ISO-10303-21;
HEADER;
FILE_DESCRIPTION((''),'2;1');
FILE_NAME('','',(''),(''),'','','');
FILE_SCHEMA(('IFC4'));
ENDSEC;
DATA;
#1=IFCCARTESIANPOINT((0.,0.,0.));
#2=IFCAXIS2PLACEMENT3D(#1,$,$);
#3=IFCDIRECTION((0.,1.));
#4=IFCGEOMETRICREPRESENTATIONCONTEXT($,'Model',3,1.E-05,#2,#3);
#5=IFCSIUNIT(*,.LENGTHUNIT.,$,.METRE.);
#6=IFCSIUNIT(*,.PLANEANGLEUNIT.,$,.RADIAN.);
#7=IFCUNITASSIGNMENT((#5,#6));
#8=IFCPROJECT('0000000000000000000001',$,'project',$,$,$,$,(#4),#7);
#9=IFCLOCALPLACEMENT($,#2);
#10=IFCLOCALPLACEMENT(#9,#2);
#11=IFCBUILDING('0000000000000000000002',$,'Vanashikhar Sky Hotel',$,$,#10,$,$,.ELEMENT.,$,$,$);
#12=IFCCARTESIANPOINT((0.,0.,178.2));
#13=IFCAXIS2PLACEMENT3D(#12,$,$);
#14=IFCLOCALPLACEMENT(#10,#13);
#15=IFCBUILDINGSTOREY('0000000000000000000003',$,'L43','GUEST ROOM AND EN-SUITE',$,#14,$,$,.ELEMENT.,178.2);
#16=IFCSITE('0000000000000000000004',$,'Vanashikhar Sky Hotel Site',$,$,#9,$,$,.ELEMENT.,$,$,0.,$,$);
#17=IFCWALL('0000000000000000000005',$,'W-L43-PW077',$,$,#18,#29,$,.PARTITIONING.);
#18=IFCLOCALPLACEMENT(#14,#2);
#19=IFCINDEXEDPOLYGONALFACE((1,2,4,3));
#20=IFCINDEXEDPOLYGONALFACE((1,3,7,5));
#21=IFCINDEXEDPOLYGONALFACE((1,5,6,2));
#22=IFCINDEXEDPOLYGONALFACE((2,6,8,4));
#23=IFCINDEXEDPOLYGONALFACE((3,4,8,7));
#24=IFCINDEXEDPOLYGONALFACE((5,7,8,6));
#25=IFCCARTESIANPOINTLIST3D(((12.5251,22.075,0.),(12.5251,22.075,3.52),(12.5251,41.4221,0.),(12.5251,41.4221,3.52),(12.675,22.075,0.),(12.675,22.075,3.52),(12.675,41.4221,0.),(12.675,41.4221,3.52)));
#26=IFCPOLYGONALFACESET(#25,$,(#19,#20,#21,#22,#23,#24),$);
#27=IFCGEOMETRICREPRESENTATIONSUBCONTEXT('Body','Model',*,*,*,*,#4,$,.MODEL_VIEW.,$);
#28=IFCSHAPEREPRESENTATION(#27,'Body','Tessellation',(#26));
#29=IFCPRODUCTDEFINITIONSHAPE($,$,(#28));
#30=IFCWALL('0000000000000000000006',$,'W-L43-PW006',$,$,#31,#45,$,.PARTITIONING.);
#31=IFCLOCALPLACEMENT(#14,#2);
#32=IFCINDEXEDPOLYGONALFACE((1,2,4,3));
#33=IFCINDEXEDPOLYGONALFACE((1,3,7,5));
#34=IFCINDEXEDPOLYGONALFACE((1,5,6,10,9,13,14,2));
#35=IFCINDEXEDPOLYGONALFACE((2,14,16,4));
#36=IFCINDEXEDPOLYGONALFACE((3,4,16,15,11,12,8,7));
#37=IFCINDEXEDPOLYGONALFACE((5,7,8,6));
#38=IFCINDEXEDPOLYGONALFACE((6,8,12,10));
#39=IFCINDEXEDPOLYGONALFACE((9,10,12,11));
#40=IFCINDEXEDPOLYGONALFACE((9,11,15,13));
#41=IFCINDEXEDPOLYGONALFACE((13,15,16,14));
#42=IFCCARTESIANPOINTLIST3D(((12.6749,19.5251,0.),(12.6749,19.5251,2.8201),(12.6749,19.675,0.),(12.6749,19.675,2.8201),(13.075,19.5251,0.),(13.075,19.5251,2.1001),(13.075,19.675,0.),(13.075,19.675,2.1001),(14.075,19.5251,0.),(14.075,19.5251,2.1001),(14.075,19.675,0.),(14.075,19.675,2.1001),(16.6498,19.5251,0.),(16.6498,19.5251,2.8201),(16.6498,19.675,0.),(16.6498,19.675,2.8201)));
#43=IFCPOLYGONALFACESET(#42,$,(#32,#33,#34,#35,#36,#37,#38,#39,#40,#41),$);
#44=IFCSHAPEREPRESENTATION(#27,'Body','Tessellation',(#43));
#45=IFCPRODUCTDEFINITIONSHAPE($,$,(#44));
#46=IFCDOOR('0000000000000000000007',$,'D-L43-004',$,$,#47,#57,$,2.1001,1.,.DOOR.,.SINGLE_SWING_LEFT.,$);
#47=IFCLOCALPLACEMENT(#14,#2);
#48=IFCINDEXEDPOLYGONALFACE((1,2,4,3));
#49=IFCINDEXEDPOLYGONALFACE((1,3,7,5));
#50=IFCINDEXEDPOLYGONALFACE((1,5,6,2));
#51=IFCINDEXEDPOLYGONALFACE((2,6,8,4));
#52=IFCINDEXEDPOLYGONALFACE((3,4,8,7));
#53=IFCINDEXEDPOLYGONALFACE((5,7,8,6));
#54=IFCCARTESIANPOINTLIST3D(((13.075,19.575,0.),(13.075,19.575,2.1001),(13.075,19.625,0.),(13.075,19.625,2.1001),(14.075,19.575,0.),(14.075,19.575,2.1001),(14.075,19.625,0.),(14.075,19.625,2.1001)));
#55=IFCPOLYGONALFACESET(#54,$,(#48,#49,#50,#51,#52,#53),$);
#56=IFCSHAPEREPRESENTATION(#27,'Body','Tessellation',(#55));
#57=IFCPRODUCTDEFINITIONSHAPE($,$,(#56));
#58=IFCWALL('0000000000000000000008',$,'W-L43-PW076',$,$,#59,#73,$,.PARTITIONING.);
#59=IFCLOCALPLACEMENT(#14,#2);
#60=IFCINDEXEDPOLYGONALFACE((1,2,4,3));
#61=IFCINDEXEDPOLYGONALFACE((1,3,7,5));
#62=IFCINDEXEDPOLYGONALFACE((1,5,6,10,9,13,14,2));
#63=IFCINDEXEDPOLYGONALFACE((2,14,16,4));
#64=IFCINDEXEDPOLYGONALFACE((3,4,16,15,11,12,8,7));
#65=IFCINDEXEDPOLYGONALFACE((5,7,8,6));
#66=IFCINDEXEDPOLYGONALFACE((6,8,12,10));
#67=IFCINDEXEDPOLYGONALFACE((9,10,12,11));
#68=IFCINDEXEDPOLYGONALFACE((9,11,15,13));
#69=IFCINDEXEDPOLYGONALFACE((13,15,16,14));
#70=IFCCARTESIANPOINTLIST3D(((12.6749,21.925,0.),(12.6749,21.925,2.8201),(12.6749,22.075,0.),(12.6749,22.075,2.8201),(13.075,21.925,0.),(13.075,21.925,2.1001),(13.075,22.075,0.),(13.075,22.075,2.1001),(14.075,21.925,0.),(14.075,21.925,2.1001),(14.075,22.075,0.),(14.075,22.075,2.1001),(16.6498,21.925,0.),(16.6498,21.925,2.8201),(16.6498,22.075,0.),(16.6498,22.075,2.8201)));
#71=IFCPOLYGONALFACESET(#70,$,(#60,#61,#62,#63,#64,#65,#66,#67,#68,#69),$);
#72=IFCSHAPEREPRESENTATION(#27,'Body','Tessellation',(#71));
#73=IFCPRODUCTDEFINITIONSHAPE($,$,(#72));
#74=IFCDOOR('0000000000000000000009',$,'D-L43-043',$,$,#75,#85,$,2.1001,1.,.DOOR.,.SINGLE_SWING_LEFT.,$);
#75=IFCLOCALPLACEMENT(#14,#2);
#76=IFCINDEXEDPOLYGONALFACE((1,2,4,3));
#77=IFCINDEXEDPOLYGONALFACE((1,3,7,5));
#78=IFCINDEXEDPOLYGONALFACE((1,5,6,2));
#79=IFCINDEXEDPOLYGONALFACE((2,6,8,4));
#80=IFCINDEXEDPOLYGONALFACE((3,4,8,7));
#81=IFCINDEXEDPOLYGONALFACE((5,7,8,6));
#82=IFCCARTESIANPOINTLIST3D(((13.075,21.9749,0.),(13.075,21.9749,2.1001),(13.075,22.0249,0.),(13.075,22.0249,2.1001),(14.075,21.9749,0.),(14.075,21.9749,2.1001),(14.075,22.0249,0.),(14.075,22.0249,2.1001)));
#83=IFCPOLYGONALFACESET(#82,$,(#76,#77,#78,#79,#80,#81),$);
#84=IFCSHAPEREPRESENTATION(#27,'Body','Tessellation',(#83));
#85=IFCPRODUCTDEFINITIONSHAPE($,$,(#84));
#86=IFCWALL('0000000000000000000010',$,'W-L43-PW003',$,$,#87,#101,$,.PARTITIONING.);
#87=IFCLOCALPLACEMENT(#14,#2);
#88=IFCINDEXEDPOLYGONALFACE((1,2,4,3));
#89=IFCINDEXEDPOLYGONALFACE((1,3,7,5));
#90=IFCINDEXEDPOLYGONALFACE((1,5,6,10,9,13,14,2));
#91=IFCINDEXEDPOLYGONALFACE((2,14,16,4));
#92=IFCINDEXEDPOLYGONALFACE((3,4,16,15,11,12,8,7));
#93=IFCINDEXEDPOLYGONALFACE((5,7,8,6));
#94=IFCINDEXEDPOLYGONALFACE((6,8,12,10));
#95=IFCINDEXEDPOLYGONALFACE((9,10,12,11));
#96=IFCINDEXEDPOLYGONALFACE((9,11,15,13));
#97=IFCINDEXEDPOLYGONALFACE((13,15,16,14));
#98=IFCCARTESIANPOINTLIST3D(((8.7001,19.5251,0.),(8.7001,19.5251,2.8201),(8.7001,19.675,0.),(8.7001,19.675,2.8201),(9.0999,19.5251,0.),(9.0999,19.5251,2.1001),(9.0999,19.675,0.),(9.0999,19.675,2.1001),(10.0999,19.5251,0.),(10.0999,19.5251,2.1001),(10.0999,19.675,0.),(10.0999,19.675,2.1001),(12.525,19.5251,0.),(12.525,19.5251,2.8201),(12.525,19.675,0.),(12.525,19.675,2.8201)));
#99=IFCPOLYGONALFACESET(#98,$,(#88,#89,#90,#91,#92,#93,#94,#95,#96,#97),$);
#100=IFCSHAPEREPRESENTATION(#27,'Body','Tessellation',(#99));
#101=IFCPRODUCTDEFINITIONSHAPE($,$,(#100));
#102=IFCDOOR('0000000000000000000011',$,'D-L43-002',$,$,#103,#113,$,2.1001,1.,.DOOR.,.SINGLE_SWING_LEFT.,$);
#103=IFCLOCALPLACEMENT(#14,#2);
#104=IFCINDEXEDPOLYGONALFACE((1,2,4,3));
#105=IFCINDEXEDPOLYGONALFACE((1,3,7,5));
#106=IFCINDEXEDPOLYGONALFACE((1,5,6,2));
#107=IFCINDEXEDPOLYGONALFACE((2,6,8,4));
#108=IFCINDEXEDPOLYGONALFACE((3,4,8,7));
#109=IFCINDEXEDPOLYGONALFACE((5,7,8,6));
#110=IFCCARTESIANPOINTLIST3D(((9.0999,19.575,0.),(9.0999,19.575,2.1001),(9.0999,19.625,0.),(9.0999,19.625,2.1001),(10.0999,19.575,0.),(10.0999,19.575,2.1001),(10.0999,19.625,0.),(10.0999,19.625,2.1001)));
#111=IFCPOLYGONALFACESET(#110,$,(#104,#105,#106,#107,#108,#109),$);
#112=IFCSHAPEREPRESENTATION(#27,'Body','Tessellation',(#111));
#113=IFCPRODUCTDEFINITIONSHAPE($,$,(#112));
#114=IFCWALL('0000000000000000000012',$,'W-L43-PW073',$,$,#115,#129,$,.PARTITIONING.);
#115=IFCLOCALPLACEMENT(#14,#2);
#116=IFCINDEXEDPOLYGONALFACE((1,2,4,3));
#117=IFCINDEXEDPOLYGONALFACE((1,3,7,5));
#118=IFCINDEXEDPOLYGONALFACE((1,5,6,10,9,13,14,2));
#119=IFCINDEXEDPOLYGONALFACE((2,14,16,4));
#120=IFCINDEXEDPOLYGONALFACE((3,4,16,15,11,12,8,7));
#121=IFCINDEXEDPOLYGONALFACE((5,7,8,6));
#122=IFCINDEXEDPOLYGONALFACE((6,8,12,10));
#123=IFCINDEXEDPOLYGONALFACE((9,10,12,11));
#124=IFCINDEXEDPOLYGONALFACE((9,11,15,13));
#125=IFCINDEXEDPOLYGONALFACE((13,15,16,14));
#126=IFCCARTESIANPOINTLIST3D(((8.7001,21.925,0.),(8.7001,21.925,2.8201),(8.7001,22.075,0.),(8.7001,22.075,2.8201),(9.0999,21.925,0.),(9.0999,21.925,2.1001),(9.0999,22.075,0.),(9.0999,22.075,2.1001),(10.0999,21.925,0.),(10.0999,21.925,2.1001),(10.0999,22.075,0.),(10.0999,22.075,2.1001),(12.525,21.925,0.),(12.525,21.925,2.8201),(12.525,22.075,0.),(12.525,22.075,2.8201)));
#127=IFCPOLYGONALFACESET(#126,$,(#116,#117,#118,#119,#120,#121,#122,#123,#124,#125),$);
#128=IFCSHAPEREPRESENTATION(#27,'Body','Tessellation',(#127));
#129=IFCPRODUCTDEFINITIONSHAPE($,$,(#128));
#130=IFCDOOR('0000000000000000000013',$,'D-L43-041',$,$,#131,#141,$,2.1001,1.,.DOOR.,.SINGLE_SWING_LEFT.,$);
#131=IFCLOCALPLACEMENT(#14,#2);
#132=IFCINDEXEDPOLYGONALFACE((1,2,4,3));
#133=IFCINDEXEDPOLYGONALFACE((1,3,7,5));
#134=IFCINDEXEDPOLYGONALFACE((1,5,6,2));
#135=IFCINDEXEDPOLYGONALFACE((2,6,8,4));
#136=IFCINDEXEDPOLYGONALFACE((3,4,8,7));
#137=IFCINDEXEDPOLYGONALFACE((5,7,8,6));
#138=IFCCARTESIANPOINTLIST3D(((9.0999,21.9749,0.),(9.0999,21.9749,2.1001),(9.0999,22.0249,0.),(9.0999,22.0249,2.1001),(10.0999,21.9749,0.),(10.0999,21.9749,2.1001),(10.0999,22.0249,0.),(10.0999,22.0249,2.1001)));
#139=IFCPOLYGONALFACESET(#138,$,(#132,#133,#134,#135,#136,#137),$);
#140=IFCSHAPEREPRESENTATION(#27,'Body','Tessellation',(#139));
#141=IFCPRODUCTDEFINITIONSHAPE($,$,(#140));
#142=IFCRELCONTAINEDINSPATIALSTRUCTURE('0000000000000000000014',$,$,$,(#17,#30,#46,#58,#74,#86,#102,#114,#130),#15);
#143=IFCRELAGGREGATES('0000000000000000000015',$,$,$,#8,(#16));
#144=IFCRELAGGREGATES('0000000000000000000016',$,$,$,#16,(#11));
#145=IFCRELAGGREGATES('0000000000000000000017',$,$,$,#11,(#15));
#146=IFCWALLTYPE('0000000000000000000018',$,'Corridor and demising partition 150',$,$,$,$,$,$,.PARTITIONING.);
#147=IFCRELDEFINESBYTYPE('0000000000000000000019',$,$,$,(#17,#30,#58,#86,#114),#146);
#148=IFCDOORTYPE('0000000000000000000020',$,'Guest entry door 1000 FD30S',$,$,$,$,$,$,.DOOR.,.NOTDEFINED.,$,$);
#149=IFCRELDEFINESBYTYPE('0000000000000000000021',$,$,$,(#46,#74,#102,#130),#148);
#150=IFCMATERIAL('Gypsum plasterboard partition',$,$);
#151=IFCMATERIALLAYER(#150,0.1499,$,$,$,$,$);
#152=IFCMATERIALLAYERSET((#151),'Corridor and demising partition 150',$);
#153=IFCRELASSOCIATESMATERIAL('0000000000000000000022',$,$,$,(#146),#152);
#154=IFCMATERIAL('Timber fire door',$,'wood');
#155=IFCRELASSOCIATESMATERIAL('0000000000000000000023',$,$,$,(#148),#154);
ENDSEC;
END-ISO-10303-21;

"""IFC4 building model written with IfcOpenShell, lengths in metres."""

from ifc_helpers import new_model, si_unit, direction, frame, frame_2d, origin, place, context, subcontext, project, spatial, rectangle, extrude, source, transform, mapped, material, layer, layer_set, type_object, element, fill, save


model = new_model("IFC4")

# Units and contexts
model_context = context("Model", 3, precision=1e-05, world=origin(), true_north=direction((0.0, 1.0)))
body_context = subcontext(model_context, "Body", "Model", "MODEL_VIEW")
ifc_project = project(units=[si_unit("LENGTHUNIT", "METRE"), si_unit("PLANEANGLEUNIT", "RADIAN")], contexts=[model_context])

# Site, building, storey
site_placement = place(None, origin())
site = spatial("IfcSite", under=ifc_project, at=site_placement, Name="Vanashikhar Sky Hotel Site", CompositionType="ELEMENT", RefElevation=0.0)
building_placement = place(site_placement, origin())
building = spatial("IfcBuilding", under=site, at=building_placement, Name="Vanashikhar Sky Hotel", CompositionType="ELEMENT")
storey_placement = place(building_placement, frame((0.0, 0.0, 178.2)))
storey = spatial("IfcBuildingStorey", under=building, at=storey_placement, Name="L43", Description="GUEST ROOM AND EN-SUITE", CompositionType="ELEMENT", Elevation=178.2)

# Wall
ifc_material_1 = material(Name="Gypsum plasterboard partition")
ifc_layer_1 = layer(ifc_material_1, 0.1499)
ifc_layer_set_1 = layer_set([ifc_layer_1], Name="Corridor and demising partition 150")
wall_type_1 = type_object("IfcWallType", Name="Corridor and demising partition 150", PredefinedType="PARTITIONING", material=ifc_layer_set_1)
shared_shape_1 = source(origin(), body_context, "Body", "SweptSolid", [
    extrude(rectangle(XDim=19.3472, YDim=0.1499, at=frame_2d((9.6736, 0.0))), origin(), (0.0, 0.0, 1.0), 3.52),
])
wall_1_placement = place(storey_placement, frame((12.6001, 22.075, 0.0), z_axis=(0.0, 0.0, 1.0), x_axis=(0.0, 1.0, 0.0)))
element("IfcWall", 1, at=wall_1_placement, inside=storey, type_object=wall_type_1, Name="W-L43-PW077", PredefinedType="PARTITIONING", context=body_context, shape_type="MappedRepresentation", body=[
    mapped(shared_shape_1, transform((0.0, 0.0, 0.0), scale=1.0)),
])

# Walls, openings, doors
shared_shape_2 = source(origin(), body_context, "Body", "SweptSolid", [
    extrude(rectangle(XDim=3.9749, YDim=0.1499, at=frame_2d((1.9873, 0.0))), origin(), (0.0, 0.0, 1.0), 2.8201),
])
wall_2_placement = place(storey_placement, frame((12.675, 19.6001, 0.0), z_axis=(0.0, 0.0, 1.0), x_axis=(1.0, 0.0, 0.0)))
wall_2 = element("IfcWall", 2, at=wall_2_placement, inside=storey, type_object=wall_type_1, Name="W-L43-PW006", PredefinedType="PARTITIONING", context=body_context, shape_type="MappedRepresentation", body=[
    mapped(shared_shape_2, transform((0.0, 0.0, 0.0), scale=1.0)),
])
shared_shape_3 = source(origin(), body_context, "Body", "SweptSolid", [
    extrude(rectangle(XDim=1.0, YDim=2.1001, at=frame_2d((0.5, 1.05))), frame((0.0, 0.085, 0.0), z_axis=(0.0, -1.0, 0.0), x_axis=(1.0, 0.0, 0.0)), (0.0, 0.0, 1.0), 0.1699),
])
opening_1_placement = place(wall_2_placement, frame((0.3999, 0.0, 0.0)))
opening_1 = element("IfcOpeningElement", 3, at=opening_1_placement, cuts=wall_2, PredefinedType="OPENING", context=body_context, shape_type="MappedRepresentation", body=[
    mapped(shared_shape_3, transform((0.0, 0.0, 0.0), scale=1.0)),
])
ifc_material_2 = material(Name="Timber fire door", Category="wood")
door_type = type_object("IfcDoorType", Name="Guest entry door 1000 FD30S", OperationType="NOTDEFINED", PredefinedType="DOOR", material=ifc_material_2)
shared_shape_4 = source(origin(), body_context, "Body", "SweptSolid", [
    extrude(rectangle(XDim=1.0, YDim=2.1001, at=frame_2d((0.5, 1.05))), frame((0.0, 0.0249, 0.0), z_axis=(0.0, -1.0, 0.0), x_axis=(1.0, 0.0, 0.0)), (0.0, 0.0, 1.0), 0.05),
])
door_1_placement = place(opening_1_placement, origin())
door_1 = element("IfcDoor", 4, at=door_1_placement, inside=storey, type_object=door_type, Name="D-L43-004", OperationType="SINGLE_SWING_LEFT", OverallHeight=2.1001, OverallWidth=1.0, PredefinedType="DOOR", context=body_context, shape_type="MappedRepresentation", body=[
    mapped(shared_shape_4, transform((0.0, 0.0, 0.0), scale=1.0)),
])
fill(opening_1, door_1)
wall_3_placement = place(storey_placement, frame((12.675, 22.0, 0.0), z_axis=(0.0, 0.0, 1.0), x_axis=(1.0, 0.0, 0.0)))
wall_3 = element("IfcWall", 5, at=wall_3_placement, inside=storey, type_object=wall_type_1, Name="W-L43-PW076", PredefinedType="PARTITIONING", context=body_context, shape_type="MappedRepresentation", body=[
    mapped(shared_shape_2, transform((0.0, 0.0, 0.0), scale=1.0)),
])
opening_2_placement = place(wall_3_placement, frame((0.3999, 0.0, 0.0)))
opening_2 = element("IfcOpeningElement", 6, at=opening_2_placement, cuts=wall_3, PredefinedType="OPENING", context=body_context, shape_type="MappedRepresentation", body=[
    mapped(shared_shape_3, transform((0.0, 0.0, 0.0), scale=1.0)),
])
door_2_placement = place(opening_2_placement, origin())
door_2 = element("IfcDoor", 7, at=door_2_placement, inside=storey, type_object=door_type, Name="D-L43-043", OperationType="SINGLE_SWING_LEFT", OverallHeight=2.1001, OverallWidth=1.0, PredefinedType="DOOR", context=body_context, shape_type="MappedRepresentation", body=[
    mapped(shared_shape_4, transform((0.0, 0.0, 0.0), scale=1.0)),
])
fill(opening_2, door_2)
shared_shape_5 = source(origin(), body_context, "Body", "SweptSolid", [
    extrude(rectangle(XDim=3.825, YDim=0.1499, at=frame_2d((1.9126, 0.0))), origin(), (0.0, 0.0, 1.0), 2.8201),
])
wall_4_placement = place(storey_placement, frame((8.7, 19.6001, 0.0), z_axis=(0.0, 0.0, 1.0), x_axis=(1.0, 0.0, 0.0)))
wall_4 = element("IfcWall", 8, at=wall_4_placement, inside=storey, type_object=wall_type_1, Name="W-L43-PW003", PredefinedType="PARTITIONING", context=body_context, shape_type="MappedRepresentation", body=[
    mapped(shared_shape_5, transform((0.0, 0.0, 0.0), scale=1.0)),
])
opening_3_placement = place(wall_4_placement, frame((0.3999, 0.0, 0.0)))
opening_3 = element("IfcOpeningElement", 9, at=opening_3_placement, cuts=wall_4, PredefinedType="OPENING", context=body_context, shape_type="MappedRepresentation", body=[
    mapped(shared_shape_3, transform((0.0, 0.0, 0.0), scale=1.0)),
])
door_3_placement = place(opening_3_placement, origin())
door_3 = element("IfcDoor", 10, at=door_3_placement, inside=storey, type_object=door_type, Name="D-L43-002", OperationType="SINGLE_SWING_LEFT", OverallHeight=2.1001, OverallWidth=1.0, PredefinedType="DOOR", context=body_context, shape_type="MappedRepresentation", body=[
    mapped(shared_shape_4, transform((0.0, 0.0, 0.0), scale=1.0)),
])
fill(opening_3, door_3)
wall_5_placement = place(storey_placement, frame((8.7, 22.0, 0.0), z_axis=(0.0, 0.0, 1.0), x_axis=(1.0, 0.0, 0.0)))
wall_5 = element("IfcWall", 11, at=wall_5_placement, inside=storey, type_object=wall_type_1, Name="W-L43-PW073", PredefinedType="PARTITIONING", context=body_context, shape_type="MappedRepresentation", body=[
    mapped(shared_shape_5, transform((0.0, 0.0, 0.0), scale=1.0)),
])
opening_4_placement = place(wall_5_placement, frame((0.3999, 0.0, 0.0)))
opening_4 = element("IfcOpeningElement", 12, at=opening_4_placement, cuts=wall_5, PredefinedType="OPENING", context=body_context, shape_type="MappedRepresentation", body=[
    mapped(shared_shape_3, transform((0.0, 0.0, 0.0), scale=1.0)),
])
door_4_placement = place(opening_4_placement, origin())
door_4 = element("IfcDoor", 13, at=door_4_placement, inside=storey, type_object=door_type, Name="D-L43-041", OperationType="SINGLE_SWING_LEFT", OverallHeight=2.1001, OverallWidth=1.0, PredefinedType="DOOR", context=body_context, shape_type="MappedRepresentation", body=[
    mapped(shared_shape_4, transform((0.0, 0.0, 0.0), scale=1.0)),
])
fill(opening_4, door_4)

save(model, "model.ifc")
